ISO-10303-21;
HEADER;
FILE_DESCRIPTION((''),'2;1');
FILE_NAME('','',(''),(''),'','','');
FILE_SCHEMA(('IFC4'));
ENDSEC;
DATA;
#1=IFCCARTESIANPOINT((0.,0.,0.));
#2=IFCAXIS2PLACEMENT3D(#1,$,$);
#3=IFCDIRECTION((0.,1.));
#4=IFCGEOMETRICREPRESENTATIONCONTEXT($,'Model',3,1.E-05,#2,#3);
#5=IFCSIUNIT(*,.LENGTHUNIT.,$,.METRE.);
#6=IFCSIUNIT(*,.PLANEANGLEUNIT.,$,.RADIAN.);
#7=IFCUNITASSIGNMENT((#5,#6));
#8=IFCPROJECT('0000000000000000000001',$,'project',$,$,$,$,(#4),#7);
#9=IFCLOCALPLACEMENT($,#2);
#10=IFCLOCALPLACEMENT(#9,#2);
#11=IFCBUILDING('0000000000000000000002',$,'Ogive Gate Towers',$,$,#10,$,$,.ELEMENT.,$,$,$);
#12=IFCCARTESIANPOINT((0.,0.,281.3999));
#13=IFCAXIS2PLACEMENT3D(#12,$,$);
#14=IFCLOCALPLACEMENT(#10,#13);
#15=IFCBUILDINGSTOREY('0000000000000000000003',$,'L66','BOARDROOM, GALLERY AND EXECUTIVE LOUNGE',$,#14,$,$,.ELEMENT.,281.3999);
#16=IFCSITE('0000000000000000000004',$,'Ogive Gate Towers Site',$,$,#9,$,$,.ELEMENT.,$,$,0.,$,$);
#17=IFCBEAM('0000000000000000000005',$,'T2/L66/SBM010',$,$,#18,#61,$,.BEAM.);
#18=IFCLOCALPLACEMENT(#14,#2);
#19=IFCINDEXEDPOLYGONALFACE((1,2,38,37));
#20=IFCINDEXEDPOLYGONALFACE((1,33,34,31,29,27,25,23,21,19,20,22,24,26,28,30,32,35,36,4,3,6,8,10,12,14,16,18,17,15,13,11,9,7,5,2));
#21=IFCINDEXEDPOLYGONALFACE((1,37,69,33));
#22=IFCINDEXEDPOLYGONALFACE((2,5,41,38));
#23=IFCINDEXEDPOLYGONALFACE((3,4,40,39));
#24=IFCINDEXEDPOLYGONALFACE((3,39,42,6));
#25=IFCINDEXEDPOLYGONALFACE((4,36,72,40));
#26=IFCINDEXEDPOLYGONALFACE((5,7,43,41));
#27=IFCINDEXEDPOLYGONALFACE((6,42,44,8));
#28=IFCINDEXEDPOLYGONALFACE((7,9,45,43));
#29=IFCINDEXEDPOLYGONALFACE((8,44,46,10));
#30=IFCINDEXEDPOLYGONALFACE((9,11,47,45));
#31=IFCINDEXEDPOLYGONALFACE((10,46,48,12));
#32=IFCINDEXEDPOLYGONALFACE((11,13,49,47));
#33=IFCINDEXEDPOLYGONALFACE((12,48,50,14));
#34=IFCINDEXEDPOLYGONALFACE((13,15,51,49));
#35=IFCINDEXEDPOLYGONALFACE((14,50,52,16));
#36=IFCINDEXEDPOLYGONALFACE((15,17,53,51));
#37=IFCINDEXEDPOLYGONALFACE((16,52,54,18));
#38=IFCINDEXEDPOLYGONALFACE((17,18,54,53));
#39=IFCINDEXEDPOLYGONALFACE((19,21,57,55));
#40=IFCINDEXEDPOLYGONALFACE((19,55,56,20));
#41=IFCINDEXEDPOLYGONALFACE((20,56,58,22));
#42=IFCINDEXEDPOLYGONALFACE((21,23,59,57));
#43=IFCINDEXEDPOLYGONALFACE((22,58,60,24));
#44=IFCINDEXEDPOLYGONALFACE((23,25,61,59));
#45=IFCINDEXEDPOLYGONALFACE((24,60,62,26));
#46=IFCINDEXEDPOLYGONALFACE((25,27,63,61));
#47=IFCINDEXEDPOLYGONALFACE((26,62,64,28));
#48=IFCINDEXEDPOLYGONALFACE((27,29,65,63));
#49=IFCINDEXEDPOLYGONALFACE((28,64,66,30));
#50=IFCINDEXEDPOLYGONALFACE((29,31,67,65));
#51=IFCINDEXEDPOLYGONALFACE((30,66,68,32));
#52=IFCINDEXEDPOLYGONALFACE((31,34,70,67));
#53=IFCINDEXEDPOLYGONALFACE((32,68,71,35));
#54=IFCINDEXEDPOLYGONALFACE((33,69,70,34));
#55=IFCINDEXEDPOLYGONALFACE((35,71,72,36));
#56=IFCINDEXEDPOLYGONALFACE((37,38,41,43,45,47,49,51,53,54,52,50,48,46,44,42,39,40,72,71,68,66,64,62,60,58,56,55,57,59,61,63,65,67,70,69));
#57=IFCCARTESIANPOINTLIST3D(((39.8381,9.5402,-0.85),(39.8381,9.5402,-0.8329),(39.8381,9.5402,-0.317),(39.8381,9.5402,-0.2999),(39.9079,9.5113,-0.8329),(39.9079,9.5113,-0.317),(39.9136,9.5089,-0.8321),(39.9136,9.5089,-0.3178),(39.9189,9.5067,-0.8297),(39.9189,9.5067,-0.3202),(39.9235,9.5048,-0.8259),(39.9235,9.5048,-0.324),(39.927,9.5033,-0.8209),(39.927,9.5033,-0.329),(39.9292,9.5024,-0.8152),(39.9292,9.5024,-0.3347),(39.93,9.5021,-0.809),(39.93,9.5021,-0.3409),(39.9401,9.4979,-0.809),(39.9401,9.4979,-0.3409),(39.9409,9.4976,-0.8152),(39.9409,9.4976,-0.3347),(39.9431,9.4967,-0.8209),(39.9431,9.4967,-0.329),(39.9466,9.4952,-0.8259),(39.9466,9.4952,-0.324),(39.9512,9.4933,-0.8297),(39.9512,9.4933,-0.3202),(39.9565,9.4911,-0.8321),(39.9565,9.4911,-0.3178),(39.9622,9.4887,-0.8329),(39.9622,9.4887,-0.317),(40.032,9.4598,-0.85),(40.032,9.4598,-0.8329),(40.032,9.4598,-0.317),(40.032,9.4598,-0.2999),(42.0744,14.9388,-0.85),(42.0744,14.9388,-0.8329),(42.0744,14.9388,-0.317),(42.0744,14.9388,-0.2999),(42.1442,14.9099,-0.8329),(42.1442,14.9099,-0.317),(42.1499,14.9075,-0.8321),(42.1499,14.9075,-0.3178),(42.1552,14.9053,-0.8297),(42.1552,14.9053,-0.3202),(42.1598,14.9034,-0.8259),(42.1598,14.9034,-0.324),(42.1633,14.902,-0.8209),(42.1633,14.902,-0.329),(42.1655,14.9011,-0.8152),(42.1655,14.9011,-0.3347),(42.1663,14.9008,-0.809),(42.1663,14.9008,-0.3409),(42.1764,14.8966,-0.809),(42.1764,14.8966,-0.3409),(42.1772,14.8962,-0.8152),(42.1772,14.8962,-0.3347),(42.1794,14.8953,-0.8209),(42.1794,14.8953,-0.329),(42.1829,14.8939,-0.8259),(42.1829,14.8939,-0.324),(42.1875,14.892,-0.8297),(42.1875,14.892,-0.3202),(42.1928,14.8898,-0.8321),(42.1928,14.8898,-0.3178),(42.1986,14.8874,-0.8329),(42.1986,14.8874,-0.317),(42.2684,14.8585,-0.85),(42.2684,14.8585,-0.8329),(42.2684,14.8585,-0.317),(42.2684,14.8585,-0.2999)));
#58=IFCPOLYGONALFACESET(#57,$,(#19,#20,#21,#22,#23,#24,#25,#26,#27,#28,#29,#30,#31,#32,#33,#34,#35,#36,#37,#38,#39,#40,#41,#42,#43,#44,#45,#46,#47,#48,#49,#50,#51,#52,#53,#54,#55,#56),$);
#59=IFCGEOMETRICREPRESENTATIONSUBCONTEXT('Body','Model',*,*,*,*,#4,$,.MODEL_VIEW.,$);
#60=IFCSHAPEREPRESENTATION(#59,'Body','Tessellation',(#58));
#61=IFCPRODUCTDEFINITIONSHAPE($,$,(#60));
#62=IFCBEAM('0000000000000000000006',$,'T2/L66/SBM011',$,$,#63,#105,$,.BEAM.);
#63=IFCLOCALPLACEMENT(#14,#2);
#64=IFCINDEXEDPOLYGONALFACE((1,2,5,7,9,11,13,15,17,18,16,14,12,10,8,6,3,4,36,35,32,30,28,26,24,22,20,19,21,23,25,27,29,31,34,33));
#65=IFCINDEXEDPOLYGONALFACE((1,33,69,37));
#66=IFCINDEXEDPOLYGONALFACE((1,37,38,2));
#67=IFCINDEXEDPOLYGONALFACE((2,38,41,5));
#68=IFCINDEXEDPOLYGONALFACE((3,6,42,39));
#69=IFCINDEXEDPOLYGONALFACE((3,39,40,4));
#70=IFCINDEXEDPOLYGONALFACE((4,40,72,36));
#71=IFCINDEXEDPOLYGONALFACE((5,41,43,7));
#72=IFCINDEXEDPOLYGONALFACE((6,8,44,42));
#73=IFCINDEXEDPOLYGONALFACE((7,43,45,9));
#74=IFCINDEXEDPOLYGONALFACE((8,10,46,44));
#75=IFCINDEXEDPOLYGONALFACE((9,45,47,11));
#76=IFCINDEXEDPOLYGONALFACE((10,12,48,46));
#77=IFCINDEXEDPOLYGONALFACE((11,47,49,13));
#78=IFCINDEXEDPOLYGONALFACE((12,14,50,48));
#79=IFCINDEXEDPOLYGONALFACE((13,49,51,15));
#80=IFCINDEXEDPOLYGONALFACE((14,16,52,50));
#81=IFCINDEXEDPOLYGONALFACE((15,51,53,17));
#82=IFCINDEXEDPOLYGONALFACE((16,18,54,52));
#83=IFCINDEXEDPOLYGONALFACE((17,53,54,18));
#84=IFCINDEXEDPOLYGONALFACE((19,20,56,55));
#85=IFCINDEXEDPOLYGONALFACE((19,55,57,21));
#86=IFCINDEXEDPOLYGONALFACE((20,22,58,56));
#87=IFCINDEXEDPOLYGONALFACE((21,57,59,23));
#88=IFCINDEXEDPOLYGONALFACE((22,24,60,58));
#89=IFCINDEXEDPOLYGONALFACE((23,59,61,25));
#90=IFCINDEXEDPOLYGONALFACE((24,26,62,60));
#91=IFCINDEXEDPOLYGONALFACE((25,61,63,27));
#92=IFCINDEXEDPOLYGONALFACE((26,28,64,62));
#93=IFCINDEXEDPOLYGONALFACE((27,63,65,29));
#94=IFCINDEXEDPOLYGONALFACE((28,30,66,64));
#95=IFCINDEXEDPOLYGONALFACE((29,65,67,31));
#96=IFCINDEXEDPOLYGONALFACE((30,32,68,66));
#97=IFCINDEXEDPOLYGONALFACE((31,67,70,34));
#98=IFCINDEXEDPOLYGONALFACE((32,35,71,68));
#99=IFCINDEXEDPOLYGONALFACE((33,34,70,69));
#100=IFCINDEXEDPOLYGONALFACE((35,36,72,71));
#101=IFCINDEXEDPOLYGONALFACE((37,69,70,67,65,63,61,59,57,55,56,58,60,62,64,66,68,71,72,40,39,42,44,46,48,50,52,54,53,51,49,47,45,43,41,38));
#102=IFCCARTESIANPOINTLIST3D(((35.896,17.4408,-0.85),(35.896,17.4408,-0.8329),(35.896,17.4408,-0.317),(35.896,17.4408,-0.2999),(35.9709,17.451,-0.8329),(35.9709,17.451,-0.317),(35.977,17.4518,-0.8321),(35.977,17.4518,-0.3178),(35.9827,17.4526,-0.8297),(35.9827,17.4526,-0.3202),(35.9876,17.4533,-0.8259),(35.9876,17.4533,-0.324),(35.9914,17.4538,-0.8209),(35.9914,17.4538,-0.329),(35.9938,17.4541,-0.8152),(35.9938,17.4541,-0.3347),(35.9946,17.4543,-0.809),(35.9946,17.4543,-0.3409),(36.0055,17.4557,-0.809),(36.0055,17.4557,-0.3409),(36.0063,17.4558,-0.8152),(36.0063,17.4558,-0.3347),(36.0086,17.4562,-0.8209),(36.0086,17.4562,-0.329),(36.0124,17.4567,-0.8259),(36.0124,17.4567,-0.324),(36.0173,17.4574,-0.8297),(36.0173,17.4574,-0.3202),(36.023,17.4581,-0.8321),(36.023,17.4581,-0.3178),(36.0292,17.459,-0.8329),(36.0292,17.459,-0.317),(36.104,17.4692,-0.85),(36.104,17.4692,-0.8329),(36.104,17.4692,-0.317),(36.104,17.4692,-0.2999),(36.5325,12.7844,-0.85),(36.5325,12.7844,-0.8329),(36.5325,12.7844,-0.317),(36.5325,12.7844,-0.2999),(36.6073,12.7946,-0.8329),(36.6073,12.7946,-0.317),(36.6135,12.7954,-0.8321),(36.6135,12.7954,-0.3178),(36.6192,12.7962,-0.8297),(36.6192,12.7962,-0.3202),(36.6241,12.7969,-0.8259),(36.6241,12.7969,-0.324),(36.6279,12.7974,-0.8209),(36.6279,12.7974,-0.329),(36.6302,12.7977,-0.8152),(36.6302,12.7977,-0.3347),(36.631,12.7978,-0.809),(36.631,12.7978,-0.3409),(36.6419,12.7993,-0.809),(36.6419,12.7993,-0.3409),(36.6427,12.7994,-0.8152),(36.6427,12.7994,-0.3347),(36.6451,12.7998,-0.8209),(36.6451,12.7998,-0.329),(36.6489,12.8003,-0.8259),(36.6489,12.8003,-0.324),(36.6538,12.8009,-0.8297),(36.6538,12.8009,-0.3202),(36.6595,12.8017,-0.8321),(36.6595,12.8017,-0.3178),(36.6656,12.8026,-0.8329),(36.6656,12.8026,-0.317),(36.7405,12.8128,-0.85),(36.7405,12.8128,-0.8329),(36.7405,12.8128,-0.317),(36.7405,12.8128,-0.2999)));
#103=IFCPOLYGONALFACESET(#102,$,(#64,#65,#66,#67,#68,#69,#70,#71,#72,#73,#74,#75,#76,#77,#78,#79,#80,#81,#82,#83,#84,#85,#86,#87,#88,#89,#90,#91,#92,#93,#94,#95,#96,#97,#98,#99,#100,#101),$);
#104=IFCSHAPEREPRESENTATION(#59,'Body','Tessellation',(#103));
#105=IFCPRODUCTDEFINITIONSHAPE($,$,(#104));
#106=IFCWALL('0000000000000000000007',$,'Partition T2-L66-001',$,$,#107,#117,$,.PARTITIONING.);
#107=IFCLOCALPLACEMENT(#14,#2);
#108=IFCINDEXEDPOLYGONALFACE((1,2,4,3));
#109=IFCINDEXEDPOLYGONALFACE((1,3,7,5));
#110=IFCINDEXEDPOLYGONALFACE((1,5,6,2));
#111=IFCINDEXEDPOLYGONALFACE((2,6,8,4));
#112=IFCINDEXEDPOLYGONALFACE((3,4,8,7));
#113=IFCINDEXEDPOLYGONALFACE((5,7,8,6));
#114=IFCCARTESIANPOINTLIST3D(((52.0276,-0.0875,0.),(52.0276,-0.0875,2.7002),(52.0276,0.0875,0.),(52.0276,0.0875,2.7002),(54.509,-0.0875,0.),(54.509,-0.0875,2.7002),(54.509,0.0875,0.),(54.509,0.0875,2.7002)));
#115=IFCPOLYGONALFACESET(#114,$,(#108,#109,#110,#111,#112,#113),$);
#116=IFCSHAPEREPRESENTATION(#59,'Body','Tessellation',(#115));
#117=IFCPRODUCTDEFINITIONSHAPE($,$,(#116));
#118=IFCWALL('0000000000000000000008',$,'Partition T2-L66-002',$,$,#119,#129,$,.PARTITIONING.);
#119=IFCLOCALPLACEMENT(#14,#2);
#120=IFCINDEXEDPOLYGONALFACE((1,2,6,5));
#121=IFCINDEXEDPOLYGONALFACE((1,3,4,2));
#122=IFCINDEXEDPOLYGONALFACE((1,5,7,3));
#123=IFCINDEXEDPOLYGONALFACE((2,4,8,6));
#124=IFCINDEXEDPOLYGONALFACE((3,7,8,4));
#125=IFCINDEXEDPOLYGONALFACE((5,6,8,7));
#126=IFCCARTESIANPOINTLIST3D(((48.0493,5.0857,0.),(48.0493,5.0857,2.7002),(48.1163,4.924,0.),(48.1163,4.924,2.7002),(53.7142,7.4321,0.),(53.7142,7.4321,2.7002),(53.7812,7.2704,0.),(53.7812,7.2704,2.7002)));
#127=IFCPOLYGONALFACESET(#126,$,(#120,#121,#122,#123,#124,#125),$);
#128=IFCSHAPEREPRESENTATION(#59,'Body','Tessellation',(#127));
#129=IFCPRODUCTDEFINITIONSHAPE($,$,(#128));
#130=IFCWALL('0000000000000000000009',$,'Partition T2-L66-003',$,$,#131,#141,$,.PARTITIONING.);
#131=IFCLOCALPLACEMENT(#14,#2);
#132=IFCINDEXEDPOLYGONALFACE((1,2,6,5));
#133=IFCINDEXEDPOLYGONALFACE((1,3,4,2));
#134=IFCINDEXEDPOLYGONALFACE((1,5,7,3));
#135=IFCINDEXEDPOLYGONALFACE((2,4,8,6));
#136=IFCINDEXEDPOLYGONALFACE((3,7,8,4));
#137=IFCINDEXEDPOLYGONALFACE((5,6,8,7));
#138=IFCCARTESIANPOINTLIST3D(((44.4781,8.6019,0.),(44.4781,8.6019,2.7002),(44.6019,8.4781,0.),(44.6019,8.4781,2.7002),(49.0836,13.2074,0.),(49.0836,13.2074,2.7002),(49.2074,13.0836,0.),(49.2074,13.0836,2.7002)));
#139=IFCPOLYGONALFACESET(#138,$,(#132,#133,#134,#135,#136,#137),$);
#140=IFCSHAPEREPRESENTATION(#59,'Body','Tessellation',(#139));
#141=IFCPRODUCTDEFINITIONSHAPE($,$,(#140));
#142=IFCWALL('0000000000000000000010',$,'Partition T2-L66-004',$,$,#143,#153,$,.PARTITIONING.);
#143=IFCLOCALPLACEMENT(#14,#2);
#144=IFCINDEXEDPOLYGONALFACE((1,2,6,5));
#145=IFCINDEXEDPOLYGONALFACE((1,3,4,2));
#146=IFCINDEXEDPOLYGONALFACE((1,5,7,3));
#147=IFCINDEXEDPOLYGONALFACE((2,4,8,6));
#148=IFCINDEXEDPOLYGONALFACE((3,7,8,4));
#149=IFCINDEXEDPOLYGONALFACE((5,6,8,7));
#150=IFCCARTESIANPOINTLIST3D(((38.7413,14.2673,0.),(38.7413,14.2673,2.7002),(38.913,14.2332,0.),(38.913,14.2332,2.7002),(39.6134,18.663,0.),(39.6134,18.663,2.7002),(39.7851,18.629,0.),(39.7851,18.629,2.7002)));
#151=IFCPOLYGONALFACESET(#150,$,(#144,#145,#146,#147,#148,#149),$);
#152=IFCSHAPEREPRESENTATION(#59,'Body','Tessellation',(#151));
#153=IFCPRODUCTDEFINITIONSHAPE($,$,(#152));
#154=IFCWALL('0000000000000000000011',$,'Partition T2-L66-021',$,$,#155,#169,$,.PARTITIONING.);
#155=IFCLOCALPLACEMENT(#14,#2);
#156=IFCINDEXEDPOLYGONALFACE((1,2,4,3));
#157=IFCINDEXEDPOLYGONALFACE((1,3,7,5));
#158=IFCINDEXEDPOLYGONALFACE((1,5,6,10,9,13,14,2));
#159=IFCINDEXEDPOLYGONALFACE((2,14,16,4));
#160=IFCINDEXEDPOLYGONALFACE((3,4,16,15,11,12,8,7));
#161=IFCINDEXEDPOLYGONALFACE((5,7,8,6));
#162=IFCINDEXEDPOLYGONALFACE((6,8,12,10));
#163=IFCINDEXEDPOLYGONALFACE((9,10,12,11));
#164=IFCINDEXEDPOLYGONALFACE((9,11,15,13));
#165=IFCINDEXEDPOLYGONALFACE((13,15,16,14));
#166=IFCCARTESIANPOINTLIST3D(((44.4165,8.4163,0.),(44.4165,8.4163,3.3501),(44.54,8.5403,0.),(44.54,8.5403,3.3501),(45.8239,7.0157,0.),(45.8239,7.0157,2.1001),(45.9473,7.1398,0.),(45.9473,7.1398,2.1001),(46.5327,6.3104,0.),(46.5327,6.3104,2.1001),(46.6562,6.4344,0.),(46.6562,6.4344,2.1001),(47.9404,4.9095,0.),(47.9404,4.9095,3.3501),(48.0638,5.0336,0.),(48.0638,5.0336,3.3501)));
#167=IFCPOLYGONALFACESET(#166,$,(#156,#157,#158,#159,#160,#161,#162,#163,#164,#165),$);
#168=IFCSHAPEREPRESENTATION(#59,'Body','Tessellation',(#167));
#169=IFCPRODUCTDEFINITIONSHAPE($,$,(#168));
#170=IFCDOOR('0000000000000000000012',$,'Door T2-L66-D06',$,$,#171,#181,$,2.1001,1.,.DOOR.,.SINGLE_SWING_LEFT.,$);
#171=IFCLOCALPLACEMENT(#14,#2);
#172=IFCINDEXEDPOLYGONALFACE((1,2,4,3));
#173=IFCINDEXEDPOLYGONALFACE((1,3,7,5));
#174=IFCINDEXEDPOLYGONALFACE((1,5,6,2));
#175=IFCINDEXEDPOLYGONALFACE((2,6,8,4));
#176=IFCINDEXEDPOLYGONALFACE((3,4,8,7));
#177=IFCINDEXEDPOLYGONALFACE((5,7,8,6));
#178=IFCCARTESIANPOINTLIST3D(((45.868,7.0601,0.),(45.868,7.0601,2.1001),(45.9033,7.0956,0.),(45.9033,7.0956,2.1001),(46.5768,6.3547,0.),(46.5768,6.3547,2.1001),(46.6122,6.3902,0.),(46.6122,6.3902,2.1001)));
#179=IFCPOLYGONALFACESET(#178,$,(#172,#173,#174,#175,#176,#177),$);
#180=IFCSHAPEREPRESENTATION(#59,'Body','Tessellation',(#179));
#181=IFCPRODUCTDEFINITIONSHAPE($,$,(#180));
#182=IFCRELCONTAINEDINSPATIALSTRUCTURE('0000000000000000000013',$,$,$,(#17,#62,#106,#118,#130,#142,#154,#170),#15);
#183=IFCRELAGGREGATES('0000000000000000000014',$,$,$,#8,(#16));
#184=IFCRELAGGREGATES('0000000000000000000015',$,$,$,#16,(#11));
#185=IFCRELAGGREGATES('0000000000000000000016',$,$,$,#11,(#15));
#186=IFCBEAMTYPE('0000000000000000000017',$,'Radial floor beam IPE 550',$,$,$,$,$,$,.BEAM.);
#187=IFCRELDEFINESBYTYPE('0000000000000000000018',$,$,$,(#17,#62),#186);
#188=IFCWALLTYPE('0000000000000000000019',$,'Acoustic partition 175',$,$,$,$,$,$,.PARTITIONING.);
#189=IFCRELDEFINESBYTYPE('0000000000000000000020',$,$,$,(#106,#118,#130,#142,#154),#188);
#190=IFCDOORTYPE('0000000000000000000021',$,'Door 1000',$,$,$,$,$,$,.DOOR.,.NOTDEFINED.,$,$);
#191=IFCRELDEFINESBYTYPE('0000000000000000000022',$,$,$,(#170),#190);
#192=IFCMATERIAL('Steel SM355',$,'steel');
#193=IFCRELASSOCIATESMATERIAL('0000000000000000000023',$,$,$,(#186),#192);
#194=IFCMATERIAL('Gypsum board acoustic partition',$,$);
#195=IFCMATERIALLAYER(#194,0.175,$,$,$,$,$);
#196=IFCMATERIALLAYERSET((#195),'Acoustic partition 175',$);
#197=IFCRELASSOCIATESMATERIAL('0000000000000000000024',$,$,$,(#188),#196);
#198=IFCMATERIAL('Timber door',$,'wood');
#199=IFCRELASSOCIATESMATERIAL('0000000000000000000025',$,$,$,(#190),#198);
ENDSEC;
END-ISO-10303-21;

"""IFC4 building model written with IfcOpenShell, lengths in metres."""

from ifc_helpers import new_model, si_unit, direction, frame, frame_2d, origin, origin_2d, place, context, subcontext, project, spatial, rectangle, i_section, extrude, material, layer, layer_set, material_profile, profile_set, type_object, element, fill, save


model = new_model("IFC4")

# Units and contexts
model_context = context("Model", 3, precision=1e-05, world=origin(), true_north=direction((0.0, 1.0)))
body_context = subcontext(model_context, "Body", "Model", "MODEL_VIEW")
ifc_project = project(units=[si_unit("LENGTHUNIT", "METRE"), si_unit("PLANEANGLEUNIT", "RADIAN")], contexts=[model_context])

# Site, building, storey
site_placement = place(None, origin())
site = spatial("IfcSite", under=ifc_project, at=site_placement, Name="Ogive Gate Towers Site", CompositionType="ELEMENT", RefElevation=0.0)
building_placement = place(site_placement, origin())
building = spatial("IfcBuilding", under=site, at=building_placement, Name="Ogive Gate Towers", CompositionType="ELEMENT")
storey_placement = place(building_placement, frame((0.0, 0.0, 281.3999)))
storey = spatial("IfcBuildingStorey", under=building, at=storey_placement, Name="L66", Description="BOARDROOM, GALLERY AND EXECUTIVE LOUNGE", CompositionType="ELEMENT", Elevation=281.3999)

# Beams
ifc_material_1 = material(Name="Steel SM355", Category="steel")
ifc_material_profile_1 = material_profile(ifc_material_1, i_section(OverallWidth=0.21, OverallDepth=0.55, WebThickness=0.011, FlangeThickness=0.0171, FilletRadius=0.0239, at=origin_2d()), Name="IPE 550")
ifc_profile_set_1 = profile_set([ifc_material_profile_1], Name="Steel SM355")
beam_type_1 = type_object("IfcBeamType", Name="Radial floor beam IPE 550", PredefinedType="BEAM", material=ifc_profile_set_1)
beam_1_placement = place(storey_placement, frame((39.9351, 9.5, -0.575), z_axis=(0.382701, 0.923872, 0.0), x_axis=(-0.923872, 0.382701, 0.0)))
element("IfcBeam", 1, at=beam_1_placement, inside=storey, type_object=beam_type_1, Name="T2/L66/SBM010", PredefinedType="BEAM", context=body_context, shape_type="SweptSolid", body=[
    extrude(i_section(OverallWidth=0.21, OverallDepth=0.55, WebThickness=0.011, FlangeThickness=0.0171, FilletRadius=0.0239, at=origin_2d()), origin(), (0.0, 0.0, 1.0), 5.8435),
])
beam_2_placement = place(storey_placement, frame((36.6365, 12.7986, -0.575), z_axis=(-0.135426, 0.990787, 0.0), x_axis=(-0.990787, -0.135426, 0.0)))
element("IfcBeam", 2, at=beam_2_placement, inside=storey, type_object=beam_type_1, Name="T2/L66/SBM011", PredefinedType="BEAM", context=body_context, shape_type="SweptSolid", body=[
    extrude(i_section(OverallWidth=0.21, OverallDepth=0.55, WebThickness=0.011, FlangeThickness=0.0171, FilletRadius=0.0239, at=origin_2d()), origin(), (0.0, 0.0, 1.0), 4.6997),
])

# Walls
ifc_material_2 = material(Name="Gypsum board acoustic partition")
ifc_layer_1 = layer(ifc_material_2, 0.175)
ifc_layer_set_1 = layer_set([ifc_layer_1], Name="Acoustic partition 175")
wall_type_1 = type_object("IfcWallType", Name="Acoustic partition 175", PredefinedType="PARTITIONING", material=ifc_layer_set_1)
wall_1_placement = place(storey_placement, frame((54.509, 0.0, 0.0), z_axis=(0.0, 0.0, 1.0), x_axis=(-1.0, 0.0, 0.0)))
element("IfcWall", 3, at=wall_1_placement, inside=storey, type_object=wall_type_1, Name="Partition T2-L66-001", PredefinedType="PARTITIONING", context=body_context, shape_type="SweptSolid", body=[
    extrude(rectangle(XDim=2.4814, YDim=0.175, at=frame_2d((1.2407, 0.0))), origin(), (0.0, 0.0, 1.0), 2.7002),
])
wall_2_placement = place(storey_placement, frame((53.7478, 7.3513, 0.0), z_axis=(0.0, 0.0, 1.0), x_axis=(-0.923879, -0.382684, 0.0)))
element("IfcWall", 4, at=wall_2_placement, inside=storey, type_object=wall_type_1, Name="Partition T2-L66-002", PredefinedType="PARTITIONING", context=body_context, shape_type="SweptSolid", body=[
    extrude(rectangle(XDim=6.1316, YDim=0.175, at=frame_2d((3.0659, 0.0))), origin(), (0.0, 0.0, 1.0), 2.7002),
])
wall_3_placement = place(storey_placement, frame((49.1455, 13.1455, 0.0), z_axis=(0.0, 0.0, 1.0), x_axis=(-0.707107, -0.707107, 0.0)))
element("IfcWall", 5, at=wall_3_placement, inside=storey, type_object=wall_type_1, Name="Partition T2-L66-003", PredefinedType="PARTITIONING", context=body_context, shape_type="SweptSolid", body=[
    extrude(rectangle(XDim=6.5132, YDim=0.175, at=frame_2d((3.2566, 0.0))), origin(), (0.0, 0.0, 1.0), 2.7002),
])
wall_4_placement = place(storey_placement, frame((39.6992, 18.646, 0.0), z_axis=(0.0, 0.0, 1.0), x_axis=(-0.194597, -0.980883, 0.0)))
element("IfcWall", 6, at=wall_4_placement, inside=storey, type_object=wall_type_1, Name="Partition T2-L66-004", PredefinedType="PARTITIONING", context=body_context, shape_type="SweptSolid", body=[
    extrude(rectangle(XDim=4.4814, YDim=0.175, at=frame_2d((2.2407, 0.0))), origin(), (0.0, 0.0, 1.0), 2.7002),
])

# Wall, opening, door
wall_5_placement = place(storey_placement, frame((48.0022, 4.9714, 0.0), z_axis=(0.0, 0.0, 1.0), x_axis=(-0.708823, 0.705386, 0.0)))
wall_5 = element("IfcWall", 7, at=wall_5_placement, inside=storey, type_object=wall_type_1, Name="Partition T2-L66-021", PredefinedType="PARTITIONING", context=body_context, shape_type="SweptSolid", body=[
    extrude(rectangle(XDim=4.9714, YDim=0.175, at=frame_2d((2.4858, 0.0))), origin(), (0.0, 0.0, 1.0), 3.3501),
])
opening_1_placement = place(wall_5_placement, frame((1.9861, 0.0, 0.0)))
opening_1 = element("IfcOpeningElement", 8, at=opening_1_placement, cuts=wall_5, PredefinedType="OPENING", context=body_context, shape_type="SweptSolid", body=[
    extrude(rectangle(XDim=1.0, YDim=2.1001, at=frame_2d((0.5, 1.05))), frame((0.0, 0.0977, 0.0), z_axis=(0.0, -1.0, 0.0), x_axis=(1.0, 0.0, 0.0)), (0.0, 0.0, 1.0), 0.1951),
])
ifc_material_3 = material(Name="Timber door", Category="wood")
door_type_1 = type_object("IfcDoorType", Name="Door 1000", OperationType="NOTDEFINED", PredefinedType="DOOR", material=ifc_material_3)
door_1_placement = place(opening_1_placement, origin())
door_1 = element("IfcDoor", 9, at=door_1_placement, inside=storey, type_object=door_type_1, Name="Door T2-L66-D06", OperationType="SINGLE_SWING_LEFT", OverallHeight=2.1001, OverallWidth=1.0, PredefinedType="DOOR", context=body_context, shape_type="SweptSolid", body=[
    extrude(rectangle(XDim=1.0, YDim=2.1001, at=frame_2d((0.5, 1.05))), frame((0.0, 0.0249, 0.0), z_axis=(0.0, -1.0, 0.0), x_axis=(1.0, 0.0, 0.0)), (0.0, 0.0, 1.0), 0.05),
])
fill(opening_1, door_1)

save(model, "model.ifc")
